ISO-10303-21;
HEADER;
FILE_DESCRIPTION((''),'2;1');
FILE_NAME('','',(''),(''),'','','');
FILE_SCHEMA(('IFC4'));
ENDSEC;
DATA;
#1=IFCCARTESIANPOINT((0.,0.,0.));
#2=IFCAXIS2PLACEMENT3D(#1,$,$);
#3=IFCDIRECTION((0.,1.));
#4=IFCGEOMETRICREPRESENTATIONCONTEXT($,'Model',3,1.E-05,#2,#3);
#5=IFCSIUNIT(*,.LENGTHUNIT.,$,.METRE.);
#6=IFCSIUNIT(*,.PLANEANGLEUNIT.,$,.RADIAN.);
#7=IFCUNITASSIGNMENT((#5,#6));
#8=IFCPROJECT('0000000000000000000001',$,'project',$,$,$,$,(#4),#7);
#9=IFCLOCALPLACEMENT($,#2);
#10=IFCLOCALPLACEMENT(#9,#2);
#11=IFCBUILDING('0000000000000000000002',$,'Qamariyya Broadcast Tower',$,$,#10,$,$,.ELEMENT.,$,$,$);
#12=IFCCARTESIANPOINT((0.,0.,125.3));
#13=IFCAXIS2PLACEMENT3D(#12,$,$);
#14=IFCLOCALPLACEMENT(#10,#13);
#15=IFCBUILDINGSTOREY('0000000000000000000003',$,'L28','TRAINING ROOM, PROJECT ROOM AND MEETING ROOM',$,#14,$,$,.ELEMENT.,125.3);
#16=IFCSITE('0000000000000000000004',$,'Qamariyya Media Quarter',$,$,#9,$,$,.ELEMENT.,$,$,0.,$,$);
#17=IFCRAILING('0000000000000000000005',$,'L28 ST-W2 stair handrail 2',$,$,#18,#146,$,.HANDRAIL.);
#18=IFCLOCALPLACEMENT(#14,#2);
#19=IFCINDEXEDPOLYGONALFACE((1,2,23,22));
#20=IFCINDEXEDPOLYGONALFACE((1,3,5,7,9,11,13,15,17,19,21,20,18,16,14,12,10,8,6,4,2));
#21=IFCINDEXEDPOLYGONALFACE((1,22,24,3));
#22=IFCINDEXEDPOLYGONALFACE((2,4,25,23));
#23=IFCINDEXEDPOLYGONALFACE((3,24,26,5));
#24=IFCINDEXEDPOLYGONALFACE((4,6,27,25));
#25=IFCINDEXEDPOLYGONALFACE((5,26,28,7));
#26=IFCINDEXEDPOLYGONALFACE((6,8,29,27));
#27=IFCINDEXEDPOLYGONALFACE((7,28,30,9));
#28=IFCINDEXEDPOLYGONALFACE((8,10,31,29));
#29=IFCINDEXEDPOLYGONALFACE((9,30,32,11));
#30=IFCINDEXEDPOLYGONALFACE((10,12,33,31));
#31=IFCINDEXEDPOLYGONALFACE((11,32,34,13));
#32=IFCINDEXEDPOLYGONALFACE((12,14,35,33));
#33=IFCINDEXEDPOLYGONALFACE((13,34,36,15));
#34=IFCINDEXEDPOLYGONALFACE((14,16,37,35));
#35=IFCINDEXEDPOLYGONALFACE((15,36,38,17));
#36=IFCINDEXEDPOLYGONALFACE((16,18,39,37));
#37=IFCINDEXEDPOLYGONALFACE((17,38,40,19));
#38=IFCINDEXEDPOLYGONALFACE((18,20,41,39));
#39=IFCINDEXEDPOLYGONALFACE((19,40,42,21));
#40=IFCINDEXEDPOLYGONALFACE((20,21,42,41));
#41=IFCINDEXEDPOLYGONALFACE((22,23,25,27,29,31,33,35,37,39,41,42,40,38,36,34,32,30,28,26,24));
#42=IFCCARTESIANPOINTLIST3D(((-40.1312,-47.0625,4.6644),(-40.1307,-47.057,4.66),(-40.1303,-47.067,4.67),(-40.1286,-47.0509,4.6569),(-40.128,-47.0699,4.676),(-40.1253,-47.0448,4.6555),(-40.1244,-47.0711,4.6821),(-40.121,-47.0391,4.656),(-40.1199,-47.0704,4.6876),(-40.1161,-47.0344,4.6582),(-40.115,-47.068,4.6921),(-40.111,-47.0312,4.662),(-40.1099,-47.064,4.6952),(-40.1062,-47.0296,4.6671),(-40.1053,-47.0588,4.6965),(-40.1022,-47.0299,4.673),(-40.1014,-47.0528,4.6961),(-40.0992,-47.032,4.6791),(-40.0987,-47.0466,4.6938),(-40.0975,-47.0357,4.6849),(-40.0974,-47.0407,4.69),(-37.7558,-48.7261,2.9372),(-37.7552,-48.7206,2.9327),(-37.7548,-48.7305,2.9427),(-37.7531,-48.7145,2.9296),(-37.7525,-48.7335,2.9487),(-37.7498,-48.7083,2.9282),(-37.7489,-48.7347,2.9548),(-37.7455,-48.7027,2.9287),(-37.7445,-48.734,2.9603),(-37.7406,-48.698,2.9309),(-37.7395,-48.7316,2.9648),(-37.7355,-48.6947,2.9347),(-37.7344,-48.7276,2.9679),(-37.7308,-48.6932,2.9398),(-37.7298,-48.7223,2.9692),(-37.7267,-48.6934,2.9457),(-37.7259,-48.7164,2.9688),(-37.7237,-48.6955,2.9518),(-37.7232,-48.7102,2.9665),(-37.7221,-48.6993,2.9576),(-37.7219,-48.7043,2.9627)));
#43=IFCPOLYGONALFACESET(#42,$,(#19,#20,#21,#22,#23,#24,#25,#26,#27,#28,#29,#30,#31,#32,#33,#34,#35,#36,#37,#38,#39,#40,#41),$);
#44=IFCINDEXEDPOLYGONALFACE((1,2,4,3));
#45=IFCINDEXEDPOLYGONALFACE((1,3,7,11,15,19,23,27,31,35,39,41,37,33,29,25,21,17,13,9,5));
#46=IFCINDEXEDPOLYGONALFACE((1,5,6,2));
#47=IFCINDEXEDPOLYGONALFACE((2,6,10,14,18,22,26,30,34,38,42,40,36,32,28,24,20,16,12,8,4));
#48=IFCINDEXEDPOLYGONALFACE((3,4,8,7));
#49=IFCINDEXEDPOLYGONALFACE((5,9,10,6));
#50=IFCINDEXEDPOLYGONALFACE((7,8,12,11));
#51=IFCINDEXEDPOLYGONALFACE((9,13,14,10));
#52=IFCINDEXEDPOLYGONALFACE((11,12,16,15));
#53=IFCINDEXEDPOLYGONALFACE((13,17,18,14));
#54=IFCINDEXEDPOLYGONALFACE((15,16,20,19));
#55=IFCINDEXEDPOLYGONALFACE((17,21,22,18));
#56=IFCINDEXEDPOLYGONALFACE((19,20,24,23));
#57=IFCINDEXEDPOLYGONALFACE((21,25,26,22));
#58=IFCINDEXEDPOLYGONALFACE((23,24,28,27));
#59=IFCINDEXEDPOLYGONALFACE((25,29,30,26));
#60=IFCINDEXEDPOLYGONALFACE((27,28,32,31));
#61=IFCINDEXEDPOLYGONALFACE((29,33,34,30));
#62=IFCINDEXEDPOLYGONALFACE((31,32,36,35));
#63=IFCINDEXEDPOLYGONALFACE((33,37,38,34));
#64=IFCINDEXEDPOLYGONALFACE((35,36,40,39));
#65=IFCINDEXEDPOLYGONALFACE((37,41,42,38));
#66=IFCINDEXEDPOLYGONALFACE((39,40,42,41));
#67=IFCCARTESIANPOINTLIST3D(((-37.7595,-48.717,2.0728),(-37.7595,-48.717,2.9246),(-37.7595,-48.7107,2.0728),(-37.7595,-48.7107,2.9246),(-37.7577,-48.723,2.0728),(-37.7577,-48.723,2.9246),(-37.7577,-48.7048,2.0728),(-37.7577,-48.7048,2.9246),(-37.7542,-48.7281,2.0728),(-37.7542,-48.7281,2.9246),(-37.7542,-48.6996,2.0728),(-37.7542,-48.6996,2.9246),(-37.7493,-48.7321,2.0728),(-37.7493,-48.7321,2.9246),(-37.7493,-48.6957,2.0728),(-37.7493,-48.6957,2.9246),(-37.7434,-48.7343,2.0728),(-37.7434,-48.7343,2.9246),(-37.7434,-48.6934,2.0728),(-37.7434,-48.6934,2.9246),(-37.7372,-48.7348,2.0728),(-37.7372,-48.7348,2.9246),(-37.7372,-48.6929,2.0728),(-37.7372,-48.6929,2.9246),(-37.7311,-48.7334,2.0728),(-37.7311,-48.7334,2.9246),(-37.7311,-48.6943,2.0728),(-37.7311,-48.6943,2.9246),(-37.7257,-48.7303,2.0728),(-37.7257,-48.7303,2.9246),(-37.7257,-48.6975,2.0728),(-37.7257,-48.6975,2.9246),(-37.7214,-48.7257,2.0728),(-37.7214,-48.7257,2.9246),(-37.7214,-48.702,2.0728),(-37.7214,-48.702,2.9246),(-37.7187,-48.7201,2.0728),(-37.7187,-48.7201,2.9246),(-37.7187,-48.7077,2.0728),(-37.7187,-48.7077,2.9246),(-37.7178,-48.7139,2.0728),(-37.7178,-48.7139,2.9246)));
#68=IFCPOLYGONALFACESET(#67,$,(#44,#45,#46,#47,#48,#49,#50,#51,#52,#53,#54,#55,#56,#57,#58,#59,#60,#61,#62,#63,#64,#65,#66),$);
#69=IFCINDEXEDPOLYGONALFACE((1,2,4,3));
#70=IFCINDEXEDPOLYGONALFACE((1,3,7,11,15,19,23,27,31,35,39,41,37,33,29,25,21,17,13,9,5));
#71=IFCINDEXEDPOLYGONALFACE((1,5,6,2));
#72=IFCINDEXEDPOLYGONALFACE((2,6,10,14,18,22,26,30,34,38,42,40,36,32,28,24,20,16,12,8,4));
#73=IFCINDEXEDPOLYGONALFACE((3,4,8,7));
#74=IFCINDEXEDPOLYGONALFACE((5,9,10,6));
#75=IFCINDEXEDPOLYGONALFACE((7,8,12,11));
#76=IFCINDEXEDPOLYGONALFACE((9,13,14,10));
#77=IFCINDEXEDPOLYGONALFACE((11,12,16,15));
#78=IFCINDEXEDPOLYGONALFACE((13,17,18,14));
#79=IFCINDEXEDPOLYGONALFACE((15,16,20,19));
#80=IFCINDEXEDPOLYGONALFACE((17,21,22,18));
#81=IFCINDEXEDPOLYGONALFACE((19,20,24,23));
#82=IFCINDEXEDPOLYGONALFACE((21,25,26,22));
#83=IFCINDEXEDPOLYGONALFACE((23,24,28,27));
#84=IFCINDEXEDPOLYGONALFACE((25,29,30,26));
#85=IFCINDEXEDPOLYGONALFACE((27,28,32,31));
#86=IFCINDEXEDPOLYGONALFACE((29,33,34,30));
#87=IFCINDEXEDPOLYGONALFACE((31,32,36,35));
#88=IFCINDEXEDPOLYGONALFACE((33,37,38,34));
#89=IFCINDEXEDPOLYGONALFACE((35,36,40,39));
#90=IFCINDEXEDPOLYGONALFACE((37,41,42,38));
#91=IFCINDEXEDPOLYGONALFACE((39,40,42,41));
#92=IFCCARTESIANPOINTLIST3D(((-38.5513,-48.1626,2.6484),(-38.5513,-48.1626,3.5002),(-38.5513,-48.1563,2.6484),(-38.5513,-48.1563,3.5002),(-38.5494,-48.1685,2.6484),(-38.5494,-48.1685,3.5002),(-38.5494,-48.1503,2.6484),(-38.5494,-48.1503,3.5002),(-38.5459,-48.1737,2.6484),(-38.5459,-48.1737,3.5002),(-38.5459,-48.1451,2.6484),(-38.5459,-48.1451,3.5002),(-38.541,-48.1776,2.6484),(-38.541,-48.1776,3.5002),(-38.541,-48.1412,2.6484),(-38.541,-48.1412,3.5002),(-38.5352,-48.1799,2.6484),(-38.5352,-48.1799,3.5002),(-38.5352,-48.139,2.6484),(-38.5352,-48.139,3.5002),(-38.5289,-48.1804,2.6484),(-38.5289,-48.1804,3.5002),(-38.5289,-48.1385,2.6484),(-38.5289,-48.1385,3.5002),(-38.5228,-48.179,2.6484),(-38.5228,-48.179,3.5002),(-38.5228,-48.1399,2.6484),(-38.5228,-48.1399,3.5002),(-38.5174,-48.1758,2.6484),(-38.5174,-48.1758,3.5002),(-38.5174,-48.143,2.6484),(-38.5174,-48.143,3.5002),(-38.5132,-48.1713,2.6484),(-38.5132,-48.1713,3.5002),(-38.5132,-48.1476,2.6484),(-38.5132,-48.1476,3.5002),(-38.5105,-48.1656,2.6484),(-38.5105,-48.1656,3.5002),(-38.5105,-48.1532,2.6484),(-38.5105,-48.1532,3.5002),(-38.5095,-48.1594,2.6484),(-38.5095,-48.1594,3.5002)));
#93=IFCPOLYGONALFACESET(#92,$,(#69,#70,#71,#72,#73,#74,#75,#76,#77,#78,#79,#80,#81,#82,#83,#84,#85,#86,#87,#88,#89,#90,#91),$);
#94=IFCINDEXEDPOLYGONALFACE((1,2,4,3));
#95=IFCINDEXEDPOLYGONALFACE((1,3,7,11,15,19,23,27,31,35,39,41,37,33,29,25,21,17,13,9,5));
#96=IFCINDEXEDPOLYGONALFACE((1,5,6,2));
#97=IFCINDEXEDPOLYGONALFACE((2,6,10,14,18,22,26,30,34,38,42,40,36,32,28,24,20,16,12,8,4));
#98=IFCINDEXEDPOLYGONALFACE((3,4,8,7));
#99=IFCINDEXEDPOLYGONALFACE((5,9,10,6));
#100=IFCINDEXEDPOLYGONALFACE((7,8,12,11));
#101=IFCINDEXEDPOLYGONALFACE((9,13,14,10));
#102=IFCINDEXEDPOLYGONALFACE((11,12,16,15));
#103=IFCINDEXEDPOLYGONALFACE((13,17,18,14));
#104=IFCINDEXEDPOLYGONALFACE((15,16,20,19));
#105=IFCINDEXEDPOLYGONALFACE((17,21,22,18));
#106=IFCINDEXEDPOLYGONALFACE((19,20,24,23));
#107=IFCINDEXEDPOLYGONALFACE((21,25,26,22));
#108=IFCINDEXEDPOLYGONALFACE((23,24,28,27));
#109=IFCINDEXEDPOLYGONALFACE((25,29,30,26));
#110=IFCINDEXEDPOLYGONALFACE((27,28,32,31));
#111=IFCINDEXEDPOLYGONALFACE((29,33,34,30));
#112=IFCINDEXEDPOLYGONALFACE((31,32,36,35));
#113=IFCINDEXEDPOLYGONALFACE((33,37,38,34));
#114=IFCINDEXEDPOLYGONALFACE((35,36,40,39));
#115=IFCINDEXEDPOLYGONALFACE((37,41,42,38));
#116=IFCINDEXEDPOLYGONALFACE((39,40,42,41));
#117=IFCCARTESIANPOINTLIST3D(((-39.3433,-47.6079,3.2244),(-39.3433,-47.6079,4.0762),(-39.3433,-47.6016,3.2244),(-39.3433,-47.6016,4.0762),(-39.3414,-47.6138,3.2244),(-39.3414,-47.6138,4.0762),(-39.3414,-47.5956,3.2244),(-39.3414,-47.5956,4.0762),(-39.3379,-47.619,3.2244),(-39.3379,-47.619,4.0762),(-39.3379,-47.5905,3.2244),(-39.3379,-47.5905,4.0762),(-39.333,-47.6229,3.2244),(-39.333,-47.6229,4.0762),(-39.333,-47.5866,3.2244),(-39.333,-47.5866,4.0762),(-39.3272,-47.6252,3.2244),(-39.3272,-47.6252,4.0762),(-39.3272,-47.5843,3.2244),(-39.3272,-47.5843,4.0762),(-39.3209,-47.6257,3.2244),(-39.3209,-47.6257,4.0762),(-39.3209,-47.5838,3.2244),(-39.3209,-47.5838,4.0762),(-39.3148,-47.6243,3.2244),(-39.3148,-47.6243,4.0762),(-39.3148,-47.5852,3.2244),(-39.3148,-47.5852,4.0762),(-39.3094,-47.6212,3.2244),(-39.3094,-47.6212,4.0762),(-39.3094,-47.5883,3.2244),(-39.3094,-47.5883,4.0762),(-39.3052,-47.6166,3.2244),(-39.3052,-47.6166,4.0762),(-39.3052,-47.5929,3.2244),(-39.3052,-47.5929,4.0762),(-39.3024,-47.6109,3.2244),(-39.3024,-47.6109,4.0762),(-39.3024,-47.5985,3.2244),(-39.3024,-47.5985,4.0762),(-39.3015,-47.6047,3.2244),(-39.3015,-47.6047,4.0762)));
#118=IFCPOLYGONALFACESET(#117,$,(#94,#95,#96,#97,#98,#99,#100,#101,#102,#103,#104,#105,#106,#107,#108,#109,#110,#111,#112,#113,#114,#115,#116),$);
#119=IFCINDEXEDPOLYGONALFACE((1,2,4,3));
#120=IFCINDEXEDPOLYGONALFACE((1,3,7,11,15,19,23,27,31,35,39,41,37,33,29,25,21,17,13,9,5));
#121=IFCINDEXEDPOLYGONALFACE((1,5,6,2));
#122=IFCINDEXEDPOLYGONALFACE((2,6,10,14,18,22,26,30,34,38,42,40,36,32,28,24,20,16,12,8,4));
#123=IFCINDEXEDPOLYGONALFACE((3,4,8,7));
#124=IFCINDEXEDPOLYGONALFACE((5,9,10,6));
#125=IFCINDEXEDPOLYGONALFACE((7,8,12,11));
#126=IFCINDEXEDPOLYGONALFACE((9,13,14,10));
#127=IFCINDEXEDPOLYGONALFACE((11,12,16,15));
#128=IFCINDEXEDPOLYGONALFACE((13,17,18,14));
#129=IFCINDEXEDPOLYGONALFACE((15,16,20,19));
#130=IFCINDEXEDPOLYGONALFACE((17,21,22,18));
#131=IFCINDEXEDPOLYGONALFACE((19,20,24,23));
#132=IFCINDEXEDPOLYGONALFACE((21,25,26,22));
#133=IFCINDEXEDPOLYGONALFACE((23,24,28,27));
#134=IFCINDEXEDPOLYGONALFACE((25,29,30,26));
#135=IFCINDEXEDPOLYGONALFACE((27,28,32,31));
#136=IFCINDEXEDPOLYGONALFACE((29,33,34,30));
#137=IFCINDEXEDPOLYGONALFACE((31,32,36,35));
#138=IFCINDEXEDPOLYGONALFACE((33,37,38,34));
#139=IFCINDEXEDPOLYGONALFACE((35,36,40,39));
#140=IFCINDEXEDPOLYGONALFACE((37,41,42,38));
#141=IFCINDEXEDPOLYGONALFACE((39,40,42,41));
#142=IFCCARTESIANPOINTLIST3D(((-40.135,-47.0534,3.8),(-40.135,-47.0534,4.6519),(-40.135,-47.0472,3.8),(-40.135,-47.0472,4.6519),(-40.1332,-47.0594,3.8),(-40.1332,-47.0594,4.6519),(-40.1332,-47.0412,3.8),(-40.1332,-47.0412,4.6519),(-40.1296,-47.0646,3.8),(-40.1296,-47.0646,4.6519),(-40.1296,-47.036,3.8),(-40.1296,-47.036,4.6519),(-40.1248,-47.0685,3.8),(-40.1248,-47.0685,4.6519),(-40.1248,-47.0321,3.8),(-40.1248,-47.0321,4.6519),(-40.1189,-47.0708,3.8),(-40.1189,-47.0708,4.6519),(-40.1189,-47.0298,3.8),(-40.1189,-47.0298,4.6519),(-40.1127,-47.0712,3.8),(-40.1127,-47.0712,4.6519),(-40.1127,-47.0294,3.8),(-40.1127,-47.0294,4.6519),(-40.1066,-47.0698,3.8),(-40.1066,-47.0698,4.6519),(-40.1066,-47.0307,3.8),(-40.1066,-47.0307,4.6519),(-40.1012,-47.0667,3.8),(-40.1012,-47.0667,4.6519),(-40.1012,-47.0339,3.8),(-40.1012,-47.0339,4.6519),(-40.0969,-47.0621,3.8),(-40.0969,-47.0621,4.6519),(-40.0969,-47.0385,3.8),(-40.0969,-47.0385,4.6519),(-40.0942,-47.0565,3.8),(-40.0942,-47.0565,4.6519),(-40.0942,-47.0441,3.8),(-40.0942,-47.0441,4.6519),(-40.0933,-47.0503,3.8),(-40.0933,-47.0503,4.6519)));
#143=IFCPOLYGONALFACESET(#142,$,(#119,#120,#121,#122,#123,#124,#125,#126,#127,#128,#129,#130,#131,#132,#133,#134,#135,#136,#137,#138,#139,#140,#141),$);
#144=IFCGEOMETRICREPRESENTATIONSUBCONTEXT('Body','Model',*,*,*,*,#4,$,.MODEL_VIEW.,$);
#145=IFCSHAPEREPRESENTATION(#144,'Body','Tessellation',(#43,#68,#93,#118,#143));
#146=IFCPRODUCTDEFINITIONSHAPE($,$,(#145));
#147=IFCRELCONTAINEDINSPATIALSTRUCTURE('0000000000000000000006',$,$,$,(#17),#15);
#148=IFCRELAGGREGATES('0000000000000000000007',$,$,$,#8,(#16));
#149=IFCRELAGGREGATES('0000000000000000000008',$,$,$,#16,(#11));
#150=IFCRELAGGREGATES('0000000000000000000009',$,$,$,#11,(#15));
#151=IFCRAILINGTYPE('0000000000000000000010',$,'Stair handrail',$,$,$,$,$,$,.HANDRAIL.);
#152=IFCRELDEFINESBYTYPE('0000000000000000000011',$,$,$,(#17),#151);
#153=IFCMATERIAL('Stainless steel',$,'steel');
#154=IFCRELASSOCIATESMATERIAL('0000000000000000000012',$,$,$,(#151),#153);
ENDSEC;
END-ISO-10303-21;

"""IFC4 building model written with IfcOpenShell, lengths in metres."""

from ifc_helpers import new_model, si_unit, direction, frame, origin, origin_2d, place, context, subcontext, project, spatial, circle, extrude, material, type_object, element, save


model = new_model("IFC4")

# Units and contexts
model_context = context("Model", 3, precision=1e-05, world=origin(), true_north=direction((0.0, 1.0)))
body_context = subcontext(model_context, "Body", "Model", "MODEL_VIEW")
ifc_project = project(units=[si_unit("LENGTHUNIT", "METRE"), si_unit("PLANEANGLEUNIT", "RADIAN")], contexts=[model_context])

# Site, building, storey
site_placement = place(None, origin())
site = spatial("IfcSite", under=ifc_project, at=site_placement, Name="Qamariyya Media Quarter", CompositionType="ELEMENT", RefElevation=0.0)
building_placement = place(site_placement, origin())
building = spatial("IfcBuilding", under=site, at=building_placement, Name="Qamariyya Broadcast Tower", CompositionType="ELEMENT")
storey_placement = place(building_placement, frame((0.0, 0.0, 125.3)))
storey = spatial("IfcBuildingStorey", under=building, at=storey_placement, Name="L28", Description="TRAINING ROOM, PROJECT ROOM AND MEETING ROOM", CompositionType="ELEMENT", Elevation=125.3)

# Railing
ifc_material_1 = material(Name="Stainless steel", Category="steel")
railing_type_1 = type_object("IfcRailingType", Name="Stair handrail", PredefinedType="HANDRAIL", material=ifc_material_1)
railing_1_placement = place(storey_placement, frame((-37.7388, -48.7139, 2.0728)))
element("IfcRailing", 1, at=railing_1_placement, inside=storey, type_object=railing_type_1, Name="L28 ST-W2 stair handrail 2", PredefinedType="HANDRAIL", context=body_context, shape_type="SweptSolid", body=[
    extrude(circle(Radius=0.0239, at=origin_2d()), frame((0.0, 0.0, 0.876), z_axis=(-0.703745, 0.492838, 0.511716), x_axis=(-0.573632, -0.819113, 0.0)), (0.0, 0.0, 1.0), 3.3755),
    extrude(circle(Radius=0.021, at=origin_2d()), origin(), (0.0, 0.0, 1.0), 0.8518),
    extrude(circle(Radius=0.021, at=origin_2d()), frame((-0.7917, 0.5544, 0.5757)), (0.0, 0.0, 1.0), 0.8518),
    extrude(circle(Radius=0.021, at=origin_2d()), frame((-1.5837, 1.1091, 1.1516)), (0.0, 0.0, 1.0), 0.8518),
    extrude(circle(Radius=0.021, at=origin_2d()), frame((-2.3755, 1.6636, 1.7273)), (0.0, 0.0, 1.0), 0.8518),
])

save(model, "model.ifc")
